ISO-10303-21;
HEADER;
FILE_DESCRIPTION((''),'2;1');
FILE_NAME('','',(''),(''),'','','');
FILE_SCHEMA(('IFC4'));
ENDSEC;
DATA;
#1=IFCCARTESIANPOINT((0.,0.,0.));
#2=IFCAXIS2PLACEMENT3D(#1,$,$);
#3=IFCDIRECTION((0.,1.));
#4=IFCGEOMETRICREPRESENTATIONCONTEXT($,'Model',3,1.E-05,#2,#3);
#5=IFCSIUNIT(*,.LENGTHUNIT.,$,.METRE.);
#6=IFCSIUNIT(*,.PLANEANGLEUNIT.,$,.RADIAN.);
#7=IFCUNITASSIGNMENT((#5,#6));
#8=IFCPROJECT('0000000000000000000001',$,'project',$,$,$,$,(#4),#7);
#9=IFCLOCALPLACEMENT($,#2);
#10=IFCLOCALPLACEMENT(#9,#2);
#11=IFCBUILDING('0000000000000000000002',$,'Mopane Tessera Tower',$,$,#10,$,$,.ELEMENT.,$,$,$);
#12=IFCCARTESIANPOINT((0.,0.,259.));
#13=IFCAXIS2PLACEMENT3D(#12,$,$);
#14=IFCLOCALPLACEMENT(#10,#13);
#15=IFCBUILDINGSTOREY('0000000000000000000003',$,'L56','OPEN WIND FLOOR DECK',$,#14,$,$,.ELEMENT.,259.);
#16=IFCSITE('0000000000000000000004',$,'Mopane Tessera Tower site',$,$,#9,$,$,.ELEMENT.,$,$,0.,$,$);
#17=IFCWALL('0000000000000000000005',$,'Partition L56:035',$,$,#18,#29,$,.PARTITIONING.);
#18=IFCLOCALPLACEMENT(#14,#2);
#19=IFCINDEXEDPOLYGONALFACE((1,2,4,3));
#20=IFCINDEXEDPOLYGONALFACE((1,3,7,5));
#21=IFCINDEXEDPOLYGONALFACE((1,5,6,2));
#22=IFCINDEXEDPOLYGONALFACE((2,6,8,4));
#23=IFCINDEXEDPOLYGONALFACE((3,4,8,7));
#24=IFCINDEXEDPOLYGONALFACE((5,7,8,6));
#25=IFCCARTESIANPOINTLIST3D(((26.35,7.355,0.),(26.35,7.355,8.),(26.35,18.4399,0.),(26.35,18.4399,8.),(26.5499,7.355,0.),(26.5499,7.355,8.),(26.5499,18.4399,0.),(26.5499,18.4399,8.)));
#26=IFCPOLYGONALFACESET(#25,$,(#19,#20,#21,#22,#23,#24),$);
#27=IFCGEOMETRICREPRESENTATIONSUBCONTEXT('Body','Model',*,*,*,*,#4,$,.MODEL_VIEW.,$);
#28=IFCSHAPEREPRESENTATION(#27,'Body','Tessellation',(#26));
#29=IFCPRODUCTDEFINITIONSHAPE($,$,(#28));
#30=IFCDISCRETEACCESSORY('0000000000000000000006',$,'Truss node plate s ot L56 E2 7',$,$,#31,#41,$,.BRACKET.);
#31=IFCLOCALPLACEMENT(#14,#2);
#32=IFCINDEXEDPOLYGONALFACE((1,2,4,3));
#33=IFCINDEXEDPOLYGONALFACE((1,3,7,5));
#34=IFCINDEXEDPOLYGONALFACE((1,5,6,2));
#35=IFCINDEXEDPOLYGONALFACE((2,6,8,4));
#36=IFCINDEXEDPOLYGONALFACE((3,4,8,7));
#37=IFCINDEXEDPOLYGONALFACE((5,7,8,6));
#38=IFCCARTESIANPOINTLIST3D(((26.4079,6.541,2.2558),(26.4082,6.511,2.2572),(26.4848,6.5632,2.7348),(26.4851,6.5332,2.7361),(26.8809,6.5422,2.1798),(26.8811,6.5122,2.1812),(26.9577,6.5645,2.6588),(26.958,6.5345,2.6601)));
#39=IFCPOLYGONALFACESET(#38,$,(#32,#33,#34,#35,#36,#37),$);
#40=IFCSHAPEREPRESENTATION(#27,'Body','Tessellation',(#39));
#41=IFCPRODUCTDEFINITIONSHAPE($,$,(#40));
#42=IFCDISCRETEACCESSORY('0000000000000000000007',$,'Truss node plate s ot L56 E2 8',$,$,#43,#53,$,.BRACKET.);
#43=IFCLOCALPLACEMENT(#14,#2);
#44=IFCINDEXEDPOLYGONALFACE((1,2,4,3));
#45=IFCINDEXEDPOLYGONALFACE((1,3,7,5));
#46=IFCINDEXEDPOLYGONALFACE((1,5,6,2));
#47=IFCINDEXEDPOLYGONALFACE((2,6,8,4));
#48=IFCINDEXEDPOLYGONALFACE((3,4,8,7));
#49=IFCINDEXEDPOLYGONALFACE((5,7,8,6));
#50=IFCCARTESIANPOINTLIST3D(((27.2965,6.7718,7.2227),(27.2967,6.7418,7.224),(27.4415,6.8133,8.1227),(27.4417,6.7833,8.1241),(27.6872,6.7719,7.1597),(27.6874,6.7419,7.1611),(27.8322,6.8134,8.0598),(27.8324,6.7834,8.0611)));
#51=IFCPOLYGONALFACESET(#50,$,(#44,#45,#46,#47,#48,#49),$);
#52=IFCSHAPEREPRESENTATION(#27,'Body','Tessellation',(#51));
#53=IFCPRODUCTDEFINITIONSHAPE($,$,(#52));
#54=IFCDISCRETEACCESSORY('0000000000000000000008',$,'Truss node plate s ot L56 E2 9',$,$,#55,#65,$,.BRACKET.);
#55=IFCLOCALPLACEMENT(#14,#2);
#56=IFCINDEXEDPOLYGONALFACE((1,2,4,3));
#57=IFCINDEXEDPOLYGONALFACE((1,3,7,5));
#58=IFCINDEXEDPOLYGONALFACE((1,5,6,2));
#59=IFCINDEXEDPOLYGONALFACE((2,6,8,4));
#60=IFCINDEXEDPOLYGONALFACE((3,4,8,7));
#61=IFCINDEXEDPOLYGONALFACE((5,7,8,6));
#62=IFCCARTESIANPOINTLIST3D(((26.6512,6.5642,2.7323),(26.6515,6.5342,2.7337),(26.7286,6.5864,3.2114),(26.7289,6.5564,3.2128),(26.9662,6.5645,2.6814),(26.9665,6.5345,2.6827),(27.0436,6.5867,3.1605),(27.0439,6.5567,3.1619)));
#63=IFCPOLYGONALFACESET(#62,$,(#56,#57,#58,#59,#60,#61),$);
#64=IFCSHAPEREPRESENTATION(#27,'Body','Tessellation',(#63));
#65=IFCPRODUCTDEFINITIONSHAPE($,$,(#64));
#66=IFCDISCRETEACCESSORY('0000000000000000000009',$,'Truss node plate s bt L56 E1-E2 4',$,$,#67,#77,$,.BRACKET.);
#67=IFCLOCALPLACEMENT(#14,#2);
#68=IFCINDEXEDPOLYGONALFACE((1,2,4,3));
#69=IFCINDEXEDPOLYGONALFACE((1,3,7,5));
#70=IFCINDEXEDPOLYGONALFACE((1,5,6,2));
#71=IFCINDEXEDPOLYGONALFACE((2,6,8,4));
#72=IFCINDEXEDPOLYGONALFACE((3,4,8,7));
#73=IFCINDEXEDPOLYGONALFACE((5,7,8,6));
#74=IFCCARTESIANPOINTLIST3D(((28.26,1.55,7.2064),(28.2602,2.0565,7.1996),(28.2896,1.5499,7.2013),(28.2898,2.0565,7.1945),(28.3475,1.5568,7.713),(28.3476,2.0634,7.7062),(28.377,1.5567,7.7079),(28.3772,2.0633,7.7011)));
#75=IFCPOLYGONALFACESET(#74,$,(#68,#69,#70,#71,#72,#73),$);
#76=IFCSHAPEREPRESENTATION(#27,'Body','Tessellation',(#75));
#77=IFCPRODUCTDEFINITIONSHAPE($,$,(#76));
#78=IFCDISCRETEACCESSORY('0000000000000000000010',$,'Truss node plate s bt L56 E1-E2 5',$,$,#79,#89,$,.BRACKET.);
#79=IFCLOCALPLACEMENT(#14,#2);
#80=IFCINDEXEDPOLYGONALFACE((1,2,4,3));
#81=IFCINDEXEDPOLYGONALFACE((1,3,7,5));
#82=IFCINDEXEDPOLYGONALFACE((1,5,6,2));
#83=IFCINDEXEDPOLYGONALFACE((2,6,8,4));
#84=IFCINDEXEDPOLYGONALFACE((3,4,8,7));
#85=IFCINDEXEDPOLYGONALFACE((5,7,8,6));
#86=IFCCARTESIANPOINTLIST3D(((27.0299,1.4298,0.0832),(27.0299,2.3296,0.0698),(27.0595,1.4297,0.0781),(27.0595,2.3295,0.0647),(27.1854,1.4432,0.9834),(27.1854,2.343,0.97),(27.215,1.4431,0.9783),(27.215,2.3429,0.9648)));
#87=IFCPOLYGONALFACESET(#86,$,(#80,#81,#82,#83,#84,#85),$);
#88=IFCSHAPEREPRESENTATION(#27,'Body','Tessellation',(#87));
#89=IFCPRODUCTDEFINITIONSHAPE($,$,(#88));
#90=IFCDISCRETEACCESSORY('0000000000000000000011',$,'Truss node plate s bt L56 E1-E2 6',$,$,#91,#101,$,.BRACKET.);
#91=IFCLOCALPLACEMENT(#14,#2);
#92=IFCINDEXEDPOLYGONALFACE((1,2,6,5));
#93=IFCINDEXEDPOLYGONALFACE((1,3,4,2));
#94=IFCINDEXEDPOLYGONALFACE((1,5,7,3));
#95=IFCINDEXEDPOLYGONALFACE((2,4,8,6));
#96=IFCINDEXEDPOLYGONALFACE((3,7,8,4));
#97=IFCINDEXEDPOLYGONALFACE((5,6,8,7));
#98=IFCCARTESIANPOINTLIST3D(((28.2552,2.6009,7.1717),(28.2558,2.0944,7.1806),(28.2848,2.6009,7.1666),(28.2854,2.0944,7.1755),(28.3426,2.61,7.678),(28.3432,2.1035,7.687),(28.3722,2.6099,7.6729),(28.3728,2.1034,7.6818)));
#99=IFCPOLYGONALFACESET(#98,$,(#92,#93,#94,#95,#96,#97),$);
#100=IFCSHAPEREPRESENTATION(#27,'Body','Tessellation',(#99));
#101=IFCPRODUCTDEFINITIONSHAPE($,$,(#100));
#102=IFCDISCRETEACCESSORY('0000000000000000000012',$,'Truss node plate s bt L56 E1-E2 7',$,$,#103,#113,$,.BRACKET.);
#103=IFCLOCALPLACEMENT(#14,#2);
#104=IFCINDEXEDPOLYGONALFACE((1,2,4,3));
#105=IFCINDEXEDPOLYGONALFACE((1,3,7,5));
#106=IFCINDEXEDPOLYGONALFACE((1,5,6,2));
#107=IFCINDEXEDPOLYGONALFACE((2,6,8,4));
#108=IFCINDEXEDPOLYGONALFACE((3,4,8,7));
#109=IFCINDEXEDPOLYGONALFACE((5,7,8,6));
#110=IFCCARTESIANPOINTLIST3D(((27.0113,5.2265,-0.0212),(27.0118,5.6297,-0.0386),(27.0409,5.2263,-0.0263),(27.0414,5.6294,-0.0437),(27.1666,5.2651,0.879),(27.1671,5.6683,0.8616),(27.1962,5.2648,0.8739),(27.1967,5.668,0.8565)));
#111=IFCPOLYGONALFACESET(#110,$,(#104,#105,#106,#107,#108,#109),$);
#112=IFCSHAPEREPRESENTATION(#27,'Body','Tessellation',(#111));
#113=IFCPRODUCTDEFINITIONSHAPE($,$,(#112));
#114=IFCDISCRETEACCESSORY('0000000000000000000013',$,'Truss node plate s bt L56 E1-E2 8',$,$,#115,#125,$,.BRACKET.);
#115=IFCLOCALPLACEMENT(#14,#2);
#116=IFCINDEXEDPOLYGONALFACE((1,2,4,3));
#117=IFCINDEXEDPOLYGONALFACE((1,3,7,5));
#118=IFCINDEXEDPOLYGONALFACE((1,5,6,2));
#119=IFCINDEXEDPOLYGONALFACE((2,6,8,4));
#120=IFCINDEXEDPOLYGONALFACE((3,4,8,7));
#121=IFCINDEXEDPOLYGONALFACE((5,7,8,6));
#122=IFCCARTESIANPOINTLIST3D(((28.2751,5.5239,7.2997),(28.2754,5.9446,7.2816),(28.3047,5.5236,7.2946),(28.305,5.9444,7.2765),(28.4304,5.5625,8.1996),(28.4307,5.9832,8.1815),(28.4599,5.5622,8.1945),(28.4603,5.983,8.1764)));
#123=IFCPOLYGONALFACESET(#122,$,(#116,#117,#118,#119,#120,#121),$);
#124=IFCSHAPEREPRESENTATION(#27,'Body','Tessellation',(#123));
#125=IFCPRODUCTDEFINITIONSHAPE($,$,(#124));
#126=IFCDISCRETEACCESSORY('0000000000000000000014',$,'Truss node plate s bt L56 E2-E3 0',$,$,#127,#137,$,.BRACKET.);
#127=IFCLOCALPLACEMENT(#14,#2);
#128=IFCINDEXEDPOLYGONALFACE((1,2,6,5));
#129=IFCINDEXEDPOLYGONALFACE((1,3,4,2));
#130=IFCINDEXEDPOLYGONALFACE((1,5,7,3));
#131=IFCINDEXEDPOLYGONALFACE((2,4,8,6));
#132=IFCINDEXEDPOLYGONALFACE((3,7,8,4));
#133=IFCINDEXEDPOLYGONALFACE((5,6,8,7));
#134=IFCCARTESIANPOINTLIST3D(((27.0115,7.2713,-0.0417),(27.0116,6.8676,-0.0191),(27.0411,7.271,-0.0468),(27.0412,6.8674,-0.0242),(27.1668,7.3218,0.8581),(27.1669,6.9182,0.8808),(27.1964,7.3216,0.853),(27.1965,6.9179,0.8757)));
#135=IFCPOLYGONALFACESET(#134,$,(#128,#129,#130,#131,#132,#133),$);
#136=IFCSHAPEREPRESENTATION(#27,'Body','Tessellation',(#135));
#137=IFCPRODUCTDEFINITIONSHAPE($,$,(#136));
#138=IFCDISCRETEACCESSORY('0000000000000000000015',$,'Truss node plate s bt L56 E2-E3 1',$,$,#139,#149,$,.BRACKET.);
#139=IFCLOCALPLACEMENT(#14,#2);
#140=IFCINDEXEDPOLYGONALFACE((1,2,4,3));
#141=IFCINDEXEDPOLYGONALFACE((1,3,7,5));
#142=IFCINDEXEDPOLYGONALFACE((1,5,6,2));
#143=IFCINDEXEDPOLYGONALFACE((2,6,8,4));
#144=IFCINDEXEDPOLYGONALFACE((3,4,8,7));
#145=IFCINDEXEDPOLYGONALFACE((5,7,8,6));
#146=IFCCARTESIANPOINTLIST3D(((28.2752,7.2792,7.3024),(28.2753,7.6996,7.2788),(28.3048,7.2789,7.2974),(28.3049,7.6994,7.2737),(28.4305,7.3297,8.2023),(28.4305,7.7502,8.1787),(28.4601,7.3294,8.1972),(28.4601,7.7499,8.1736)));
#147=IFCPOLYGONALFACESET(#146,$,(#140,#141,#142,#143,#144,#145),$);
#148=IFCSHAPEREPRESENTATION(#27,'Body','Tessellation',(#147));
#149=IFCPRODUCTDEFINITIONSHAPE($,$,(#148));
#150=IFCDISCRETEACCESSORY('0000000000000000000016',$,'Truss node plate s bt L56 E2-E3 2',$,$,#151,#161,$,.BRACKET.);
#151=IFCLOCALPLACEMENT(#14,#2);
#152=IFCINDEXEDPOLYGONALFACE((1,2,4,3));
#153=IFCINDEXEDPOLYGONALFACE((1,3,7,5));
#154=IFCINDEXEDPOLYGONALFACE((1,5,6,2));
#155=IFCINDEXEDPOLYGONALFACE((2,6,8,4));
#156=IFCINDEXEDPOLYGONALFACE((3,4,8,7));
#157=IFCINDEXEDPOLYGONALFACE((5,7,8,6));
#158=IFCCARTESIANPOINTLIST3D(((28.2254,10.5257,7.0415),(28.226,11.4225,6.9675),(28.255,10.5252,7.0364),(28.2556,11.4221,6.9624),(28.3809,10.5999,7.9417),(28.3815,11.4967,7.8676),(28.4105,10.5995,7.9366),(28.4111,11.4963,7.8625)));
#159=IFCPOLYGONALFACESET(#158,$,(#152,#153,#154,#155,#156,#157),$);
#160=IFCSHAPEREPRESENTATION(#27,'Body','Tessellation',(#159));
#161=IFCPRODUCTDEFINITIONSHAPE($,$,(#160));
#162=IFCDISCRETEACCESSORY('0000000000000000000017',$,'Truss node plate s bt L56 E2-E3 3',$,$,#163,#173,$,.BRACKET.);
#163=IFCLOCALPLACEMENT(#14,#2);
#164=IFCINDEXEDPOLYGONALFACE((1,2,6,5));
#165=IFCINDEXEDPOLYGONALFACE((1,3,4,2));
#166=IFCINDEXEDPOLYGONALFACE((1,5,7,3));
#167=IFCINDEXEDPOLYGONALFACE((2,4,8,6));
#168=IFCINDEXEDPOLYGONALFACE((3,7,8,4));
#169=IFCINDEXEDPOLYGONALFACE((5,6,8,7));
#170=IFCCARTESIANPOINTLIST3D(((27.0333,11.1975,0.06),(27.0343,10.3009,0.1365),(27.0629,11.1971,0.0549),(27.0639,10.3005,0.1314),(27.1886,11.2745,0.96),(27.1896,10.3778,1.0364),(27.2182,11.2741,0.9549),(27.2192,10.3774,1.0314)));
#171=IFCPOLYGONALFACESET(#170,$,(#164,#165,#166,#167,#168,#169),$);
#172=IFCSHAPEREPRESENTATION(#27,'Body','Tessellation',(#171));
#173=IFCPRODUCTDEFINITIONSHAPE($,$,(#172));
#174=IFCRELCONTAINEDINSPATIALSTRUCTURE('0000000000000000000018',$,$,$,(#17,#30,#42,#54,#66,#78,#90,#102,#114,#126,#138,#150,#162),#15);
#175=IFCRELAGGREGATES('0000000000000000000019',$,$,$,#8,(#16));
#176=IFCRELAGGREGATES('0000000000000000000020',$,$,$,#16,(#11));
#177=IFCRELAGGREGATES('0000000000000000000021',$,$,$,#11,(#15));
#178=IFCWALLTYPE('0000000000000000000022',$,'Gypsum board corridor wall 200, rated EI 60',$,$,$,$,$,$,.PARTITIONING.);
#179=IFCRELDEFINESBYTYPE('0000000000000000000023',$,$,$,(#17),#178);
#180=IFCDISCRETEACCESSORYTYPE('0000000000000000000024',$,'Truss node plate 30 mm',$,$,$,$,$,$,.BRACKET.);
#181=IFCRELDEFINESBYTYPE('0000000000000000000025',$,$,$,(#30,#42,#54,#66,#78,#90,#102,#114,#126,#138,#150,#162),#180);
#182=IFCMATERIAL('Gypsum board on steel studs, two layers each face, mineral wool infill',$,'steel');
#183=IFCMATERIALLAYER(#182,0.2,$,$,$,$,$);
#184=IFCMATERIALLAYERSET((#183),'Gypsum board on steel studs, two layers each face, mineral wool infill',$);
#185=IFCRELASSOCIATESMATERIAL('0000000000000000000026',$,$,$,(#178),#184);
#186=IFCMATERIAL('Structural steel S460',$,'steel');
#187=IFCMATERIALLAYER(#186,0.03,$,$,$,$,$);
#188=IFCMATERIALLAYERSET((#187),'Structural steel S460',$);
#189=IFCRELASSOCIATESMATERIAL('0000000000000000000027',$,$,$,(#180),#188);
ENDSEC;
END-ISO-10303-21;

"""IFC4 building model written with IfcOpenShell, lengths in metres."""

from ifc_helpers import new_model, si_unit, direction, frame, frame_2d, origin, origin_2d, place, context, subcontext, project, spatial, rectangle, extrude, material, layer, layer_set, type_object, element, save


model = new_model("IFC4")

# Units and contexts
model_context = context("Model", 3, precision=1e-05, world=origin(), true_north=direction((0.0, 1.0)))
body_context = subcontext(model_context, "Body", "Model", "MODEL_VIEW")
ifc_project = project(units=[si_unit("LENGTHUNIT", "METRE"), si_unit("PLANEANGLEUNIT", "RADIAN")], contexts=[model_context])

# Site, building, storey
site_placement = place(None, origin())
site = spatial("IfcSite", under=ifc_project, at=site_placement, Name="Mopane Tessera Tower site", CompositionType="ELEMENT", RefElevation=0.0)
building_placement = place(site_placement, origin())
building = spatial("IfcBuilding", under=site, at=building_placement, Name="Mopane Tessera Tower", CompositionType="ELEMENT")
storey_placement = place(building_placement, frame((0.0, 0.0, 259.0)))
storey = spatial("IfcBuildingStorey", under=building, at=storey_placement, Name="L56", Description="OPEN WIND FLOOR DECK", CompositionType="ELEMENT", Elevation=259.0)

# Wall
ifc_material_1 = material(Name="Gypsum board on steel studs, two layers each face, mineral wool infill", Category="steel")
ifc_layer_1 = layer(ifc_material_1, 0.2)
ifc_layer_set_1 = layer_set([ifc_layer_1], Name="Gypsum board on steel studs, two layers each face, mineral wool infill")
wall_type = type_object("IfcWallType", Name="Gypsum board corridor wall 200, rated EI 60", PredefinedType="PARTITIONING", material=ifc_layer_set_1)
wall_placement = place(storey_placement, frame((26.45, 7.355, 0.0), z_axis=(0.0, 0.0, 1.0), x_axis=(0.0, 1.0, 0.0)))
element("IfcWall", 1, at=wall_placement, inside=storey, type_object=wall_type, Name="Partition L56:035", PredefinedType="PARTITIONING", context=body_context, shape_type="SweptSolid", body=[
    extrude(rectangle(XDim=11.085, YDim=0.2, at=frame_2d((5.5425, 0.0))), origin(), (0.0, 0.0, 1.0), 8.0),
])

# Discrete accessories
ifc_material_2 = material(Name="Structural steel S460", Category="steel")
ifc_layer_2 = layer(ifc_material_2, 0.03)
ifc_layer_set_2 = layer_set([ifc_layer_2], Name="Structural steel S460")
discrete_accessory_type = type_object("IfcDiscreteAccessoryType", Name="Truss node plate 30 mm", PredefinedType="BRACKET", material=ifc_layer_set_2)
discrete_accessory_1_placement = place(storey_placement, frame((26.6445, 6.5266, 2.2185), z_axis=(0.158354, 0.045747, 0.986322), x_axis=(-0.009872, 0.99895, -0.044748)))
element("IfcDiscreteAccessory", 2, at=discrete_accessory_1_placement, inside=storey, type_object=discrete_accessory_type, Name="Truss node plate s ot L56 E2 7", PredefinedType="BRACKET", context=body_context, shape_type="SweptSolid", body=[
    extrude(rectangle(XDim=0.03, YDim=0.479, at=origin_2d()), origin(), (0.0, 0.0, 1.0), 0.4856),
])
discrete_accessory_2_placement = place(storey_placement, frame((27.4919, 6.7568, 7.1919), z_axis=(0.158891, 0.045474, 0.986248), x_axis=(-0.007433, 0.998966, -0.044863)))
element("IfcDiscreteAccessory", 3, at=discrete_accessory_2_placement, inside=storey, type_object=discrete_accessory_type, Name="Truss node plate s ot L56 E2 8", PredefinedType="BRACKET", context=body_context, shape_type="SweptSolid", body=[
    extrude(rectangle(XDim=0.03, YDim=0.3958, at=origin_2d()), origin(), (0.0, 0.0, 1.0), 0.9126),
])
discrete_accessory_3_placement = place(storey_placement, frame((26.8088, 6.5493, 2.7075), z_axis=(0.159334, 0.04574, 0.986165), x_axis=(-0.00828, 0.998953, -0.044995)))
element("IfcDiscreteAccessory", 4, at=discrete_accessory_3_placement, inside=storey, type_object=discrete_accessory_type, Name="Truss node plate s ot L56 E2 9", PredefinedType="BRACKET", context=body_context, shape_type="SweptSolid", body=[
    extrude(rectangle(XDim=0.03, YDim=0.3191, at=origin_2d()), origin(), (0.0, 0.0, 1.0), 0.4858),
])
discrete_accessory_4_placement = place(storey_placement, frame((28.2749, 1.8032, 7.2004), z_axis=(0.170003, 0.013296, 0.985354), x_axis=(-0.985443, 0.002529, 0.169985)))
element("IfcDiscreteAccessory", 5, at=discrete_accessory_4_placement, inside=storey, type_object=discrete_accessory_type, Name="Truss node plate s bt L56 E1-E2 4", PredefinedType="BRACKET", context=body_context, shape_type="SweptSolid", body=[
    extrude(rectangle(XDim=0.03, YDim=0.5066, at=origin_2d()), origin(), (0.0, 0.0, 1.0), 0.5142),
])
discrete_accessory_5_placement = place(storey_placement, frame((27.0447, 1.8796, 0.074), z_axis=(0.170229, 0.014698, 0.985295), x_axis=(-0.985405, 0.002583, 0.170209)))
element("IfcDiscreteAccessory", 6, at=discrete_accessory_5_placement, inside=storey, type_object=discrete_accessory_type, Name="Truss node plate s bt L56 E1-E2 5", PredefinedType="BRACKET", context=body_context, shape_type="SweptSolid", body=[
    extrude(rectangle(XDim=0.03, YDim=0.8999, at=origin_2d()), origin(), (0.0, 0.0, 1.0), 0.9136),
])
discrete_accessory_6_placement = place(storey_placement, frame((28.2703, 2.3477, 7.1736), z_axis=(0.170072, 0.017577, 0.985275), x_axis=(-0.985431, 0.001827, 0.170066)))
element("IfcDiscreteAccessory", 7, at=discrete_accessory_6_placement, inside=storey, type_object=discrete_accessory_type, Name="Truss node plate s bt L56 E1-E2 6", PredefinedType="BRACKET", context=body_context, shape_type="SweptSolid", body=[
    extrude(rectangle(XDim=0.03, YDim=0.5066, at=origin_2d()), origin(), (0.0, 0.0, 1.0), 0.5139),
])
discrete_accessory_7_placement = place(storey_placement, frame((27.0264, 5.428, -0.0325), z_axis=(0.169836, 0.042192, 0.984569), x_axis=(-0.985472, 0.008471, 0.169629)))
element("IfcDiscreteAccessory", 8, at=discrete_accessory_7_placement, inside=storey, type_object=discrete_accessory_type, Name="Truss node plate s bt L56 E1-E2 7", PredefinedType="BRACKET", context=body_context, shape_type="SweptSolid", body=[
    extrude(rectangle(XDim=0.03, YDim=0.4036, at=origin_2d()), origin(), (0.0, 0.0, 1.0), 0.9143),
])
discrete_accessory_8_placement = place(storey_placement, frame((28.29, 5.7341, 7.2881), z_axis=(0.169881, 0.042203, 0.984561), x_axis=(-0.985464, 0.008085, 0.16969)))
element("IfcDiscreteAccessory", 9, at=discrete_accessory_8_placement, inside=storey, type_object=discrete_accessory_type, Name="Truss node plate s bt L56 E1-E2 8", PredefinedType="BRACKET", context=body_context, shape_type="SweptSolid", body=[
    extrude(rectangle(XDim=0.03, YDim=0.4211, at=origin_2d()), origin(), (0.0, 0.0, 1.0), 0.9141),
])
discrete_accessory_9_placement = place(storey_placement, frame((27.0264, 7.0693, -0.033), z_axis=(0.169772, 0.055256, 0.983933), x_axis=(-0.985483, 0.00925, 0.169521)))
element("IfcDiscreteAccessory", 10, at=discrete_accessory_9_placement, inside=storey, type_object=discrete_accessory_type, Name="Truss node plate s bt L56 E2-E3 0", PredefinedType="BRACKET", context=body_context, shape_type="SweptSolid", body=[
    extrude(rectangle(XDim=0.03, YDim=0.4043, at=origin_2d()), origin(), (0.0, 0.0, 1.0), 0.9146),
])
discrete_accessory_10_placement = place(storey_placement, frame((28.29, 7.4893, 7.2881), z_axis=(0.169772, 0.055256, 0.983933), x_axis=(-0.985483, 0.009605, 0.169501)))
element("IfcDiscreteAccessory", 11, at=discrete_accessory_10_placement, inside=storey, type_object=discrete_accessory_type, Name="Truss node plate s bt L56 E2-E3 1", PredefinedType="BRACKET", context=body_context, shape_type="SweptSolid", body=[
    extrude(rectangle(XDim=0.03, YDim=0.4211, at=origin_2d()), origin(), (0.0, 0.0, 1.0), 0.9146),
])
for number, where, z_axis, x_axis, name in (
    (12, (28.2405, 10.9739, 7.002), (0.169688, 0.080981, 0.982165), (-0.985498, 0.014587, 0.169061), "Truss node plate s bt L56 E2-E3 2"),
    (13, (27.0486, 10.749, 0.0957), (0.169433, 0.083917, 0.981963), (-0.985541, 0.013296, 0.168914), "Truss node plate s bt L56 E2-E3 3"),
):
    element("IfcDiscreteAccessory", number, at=place(storey_placement, frame(where, z_axis=z_axis, x_axis=x_axis)), inside=storey, type_object=discrete_accessory_type, Name=name, PredefinedType="BRACKET", context=body_context, shape_type="SweptSolid", body=[
        extrude(rectangle(XDim=0.03, YDim=0.8999, at=origin_2d()), origin(), (0.0, 0.0, 1.0), 0.9165),
    ])

save(model, "model.ifc")
